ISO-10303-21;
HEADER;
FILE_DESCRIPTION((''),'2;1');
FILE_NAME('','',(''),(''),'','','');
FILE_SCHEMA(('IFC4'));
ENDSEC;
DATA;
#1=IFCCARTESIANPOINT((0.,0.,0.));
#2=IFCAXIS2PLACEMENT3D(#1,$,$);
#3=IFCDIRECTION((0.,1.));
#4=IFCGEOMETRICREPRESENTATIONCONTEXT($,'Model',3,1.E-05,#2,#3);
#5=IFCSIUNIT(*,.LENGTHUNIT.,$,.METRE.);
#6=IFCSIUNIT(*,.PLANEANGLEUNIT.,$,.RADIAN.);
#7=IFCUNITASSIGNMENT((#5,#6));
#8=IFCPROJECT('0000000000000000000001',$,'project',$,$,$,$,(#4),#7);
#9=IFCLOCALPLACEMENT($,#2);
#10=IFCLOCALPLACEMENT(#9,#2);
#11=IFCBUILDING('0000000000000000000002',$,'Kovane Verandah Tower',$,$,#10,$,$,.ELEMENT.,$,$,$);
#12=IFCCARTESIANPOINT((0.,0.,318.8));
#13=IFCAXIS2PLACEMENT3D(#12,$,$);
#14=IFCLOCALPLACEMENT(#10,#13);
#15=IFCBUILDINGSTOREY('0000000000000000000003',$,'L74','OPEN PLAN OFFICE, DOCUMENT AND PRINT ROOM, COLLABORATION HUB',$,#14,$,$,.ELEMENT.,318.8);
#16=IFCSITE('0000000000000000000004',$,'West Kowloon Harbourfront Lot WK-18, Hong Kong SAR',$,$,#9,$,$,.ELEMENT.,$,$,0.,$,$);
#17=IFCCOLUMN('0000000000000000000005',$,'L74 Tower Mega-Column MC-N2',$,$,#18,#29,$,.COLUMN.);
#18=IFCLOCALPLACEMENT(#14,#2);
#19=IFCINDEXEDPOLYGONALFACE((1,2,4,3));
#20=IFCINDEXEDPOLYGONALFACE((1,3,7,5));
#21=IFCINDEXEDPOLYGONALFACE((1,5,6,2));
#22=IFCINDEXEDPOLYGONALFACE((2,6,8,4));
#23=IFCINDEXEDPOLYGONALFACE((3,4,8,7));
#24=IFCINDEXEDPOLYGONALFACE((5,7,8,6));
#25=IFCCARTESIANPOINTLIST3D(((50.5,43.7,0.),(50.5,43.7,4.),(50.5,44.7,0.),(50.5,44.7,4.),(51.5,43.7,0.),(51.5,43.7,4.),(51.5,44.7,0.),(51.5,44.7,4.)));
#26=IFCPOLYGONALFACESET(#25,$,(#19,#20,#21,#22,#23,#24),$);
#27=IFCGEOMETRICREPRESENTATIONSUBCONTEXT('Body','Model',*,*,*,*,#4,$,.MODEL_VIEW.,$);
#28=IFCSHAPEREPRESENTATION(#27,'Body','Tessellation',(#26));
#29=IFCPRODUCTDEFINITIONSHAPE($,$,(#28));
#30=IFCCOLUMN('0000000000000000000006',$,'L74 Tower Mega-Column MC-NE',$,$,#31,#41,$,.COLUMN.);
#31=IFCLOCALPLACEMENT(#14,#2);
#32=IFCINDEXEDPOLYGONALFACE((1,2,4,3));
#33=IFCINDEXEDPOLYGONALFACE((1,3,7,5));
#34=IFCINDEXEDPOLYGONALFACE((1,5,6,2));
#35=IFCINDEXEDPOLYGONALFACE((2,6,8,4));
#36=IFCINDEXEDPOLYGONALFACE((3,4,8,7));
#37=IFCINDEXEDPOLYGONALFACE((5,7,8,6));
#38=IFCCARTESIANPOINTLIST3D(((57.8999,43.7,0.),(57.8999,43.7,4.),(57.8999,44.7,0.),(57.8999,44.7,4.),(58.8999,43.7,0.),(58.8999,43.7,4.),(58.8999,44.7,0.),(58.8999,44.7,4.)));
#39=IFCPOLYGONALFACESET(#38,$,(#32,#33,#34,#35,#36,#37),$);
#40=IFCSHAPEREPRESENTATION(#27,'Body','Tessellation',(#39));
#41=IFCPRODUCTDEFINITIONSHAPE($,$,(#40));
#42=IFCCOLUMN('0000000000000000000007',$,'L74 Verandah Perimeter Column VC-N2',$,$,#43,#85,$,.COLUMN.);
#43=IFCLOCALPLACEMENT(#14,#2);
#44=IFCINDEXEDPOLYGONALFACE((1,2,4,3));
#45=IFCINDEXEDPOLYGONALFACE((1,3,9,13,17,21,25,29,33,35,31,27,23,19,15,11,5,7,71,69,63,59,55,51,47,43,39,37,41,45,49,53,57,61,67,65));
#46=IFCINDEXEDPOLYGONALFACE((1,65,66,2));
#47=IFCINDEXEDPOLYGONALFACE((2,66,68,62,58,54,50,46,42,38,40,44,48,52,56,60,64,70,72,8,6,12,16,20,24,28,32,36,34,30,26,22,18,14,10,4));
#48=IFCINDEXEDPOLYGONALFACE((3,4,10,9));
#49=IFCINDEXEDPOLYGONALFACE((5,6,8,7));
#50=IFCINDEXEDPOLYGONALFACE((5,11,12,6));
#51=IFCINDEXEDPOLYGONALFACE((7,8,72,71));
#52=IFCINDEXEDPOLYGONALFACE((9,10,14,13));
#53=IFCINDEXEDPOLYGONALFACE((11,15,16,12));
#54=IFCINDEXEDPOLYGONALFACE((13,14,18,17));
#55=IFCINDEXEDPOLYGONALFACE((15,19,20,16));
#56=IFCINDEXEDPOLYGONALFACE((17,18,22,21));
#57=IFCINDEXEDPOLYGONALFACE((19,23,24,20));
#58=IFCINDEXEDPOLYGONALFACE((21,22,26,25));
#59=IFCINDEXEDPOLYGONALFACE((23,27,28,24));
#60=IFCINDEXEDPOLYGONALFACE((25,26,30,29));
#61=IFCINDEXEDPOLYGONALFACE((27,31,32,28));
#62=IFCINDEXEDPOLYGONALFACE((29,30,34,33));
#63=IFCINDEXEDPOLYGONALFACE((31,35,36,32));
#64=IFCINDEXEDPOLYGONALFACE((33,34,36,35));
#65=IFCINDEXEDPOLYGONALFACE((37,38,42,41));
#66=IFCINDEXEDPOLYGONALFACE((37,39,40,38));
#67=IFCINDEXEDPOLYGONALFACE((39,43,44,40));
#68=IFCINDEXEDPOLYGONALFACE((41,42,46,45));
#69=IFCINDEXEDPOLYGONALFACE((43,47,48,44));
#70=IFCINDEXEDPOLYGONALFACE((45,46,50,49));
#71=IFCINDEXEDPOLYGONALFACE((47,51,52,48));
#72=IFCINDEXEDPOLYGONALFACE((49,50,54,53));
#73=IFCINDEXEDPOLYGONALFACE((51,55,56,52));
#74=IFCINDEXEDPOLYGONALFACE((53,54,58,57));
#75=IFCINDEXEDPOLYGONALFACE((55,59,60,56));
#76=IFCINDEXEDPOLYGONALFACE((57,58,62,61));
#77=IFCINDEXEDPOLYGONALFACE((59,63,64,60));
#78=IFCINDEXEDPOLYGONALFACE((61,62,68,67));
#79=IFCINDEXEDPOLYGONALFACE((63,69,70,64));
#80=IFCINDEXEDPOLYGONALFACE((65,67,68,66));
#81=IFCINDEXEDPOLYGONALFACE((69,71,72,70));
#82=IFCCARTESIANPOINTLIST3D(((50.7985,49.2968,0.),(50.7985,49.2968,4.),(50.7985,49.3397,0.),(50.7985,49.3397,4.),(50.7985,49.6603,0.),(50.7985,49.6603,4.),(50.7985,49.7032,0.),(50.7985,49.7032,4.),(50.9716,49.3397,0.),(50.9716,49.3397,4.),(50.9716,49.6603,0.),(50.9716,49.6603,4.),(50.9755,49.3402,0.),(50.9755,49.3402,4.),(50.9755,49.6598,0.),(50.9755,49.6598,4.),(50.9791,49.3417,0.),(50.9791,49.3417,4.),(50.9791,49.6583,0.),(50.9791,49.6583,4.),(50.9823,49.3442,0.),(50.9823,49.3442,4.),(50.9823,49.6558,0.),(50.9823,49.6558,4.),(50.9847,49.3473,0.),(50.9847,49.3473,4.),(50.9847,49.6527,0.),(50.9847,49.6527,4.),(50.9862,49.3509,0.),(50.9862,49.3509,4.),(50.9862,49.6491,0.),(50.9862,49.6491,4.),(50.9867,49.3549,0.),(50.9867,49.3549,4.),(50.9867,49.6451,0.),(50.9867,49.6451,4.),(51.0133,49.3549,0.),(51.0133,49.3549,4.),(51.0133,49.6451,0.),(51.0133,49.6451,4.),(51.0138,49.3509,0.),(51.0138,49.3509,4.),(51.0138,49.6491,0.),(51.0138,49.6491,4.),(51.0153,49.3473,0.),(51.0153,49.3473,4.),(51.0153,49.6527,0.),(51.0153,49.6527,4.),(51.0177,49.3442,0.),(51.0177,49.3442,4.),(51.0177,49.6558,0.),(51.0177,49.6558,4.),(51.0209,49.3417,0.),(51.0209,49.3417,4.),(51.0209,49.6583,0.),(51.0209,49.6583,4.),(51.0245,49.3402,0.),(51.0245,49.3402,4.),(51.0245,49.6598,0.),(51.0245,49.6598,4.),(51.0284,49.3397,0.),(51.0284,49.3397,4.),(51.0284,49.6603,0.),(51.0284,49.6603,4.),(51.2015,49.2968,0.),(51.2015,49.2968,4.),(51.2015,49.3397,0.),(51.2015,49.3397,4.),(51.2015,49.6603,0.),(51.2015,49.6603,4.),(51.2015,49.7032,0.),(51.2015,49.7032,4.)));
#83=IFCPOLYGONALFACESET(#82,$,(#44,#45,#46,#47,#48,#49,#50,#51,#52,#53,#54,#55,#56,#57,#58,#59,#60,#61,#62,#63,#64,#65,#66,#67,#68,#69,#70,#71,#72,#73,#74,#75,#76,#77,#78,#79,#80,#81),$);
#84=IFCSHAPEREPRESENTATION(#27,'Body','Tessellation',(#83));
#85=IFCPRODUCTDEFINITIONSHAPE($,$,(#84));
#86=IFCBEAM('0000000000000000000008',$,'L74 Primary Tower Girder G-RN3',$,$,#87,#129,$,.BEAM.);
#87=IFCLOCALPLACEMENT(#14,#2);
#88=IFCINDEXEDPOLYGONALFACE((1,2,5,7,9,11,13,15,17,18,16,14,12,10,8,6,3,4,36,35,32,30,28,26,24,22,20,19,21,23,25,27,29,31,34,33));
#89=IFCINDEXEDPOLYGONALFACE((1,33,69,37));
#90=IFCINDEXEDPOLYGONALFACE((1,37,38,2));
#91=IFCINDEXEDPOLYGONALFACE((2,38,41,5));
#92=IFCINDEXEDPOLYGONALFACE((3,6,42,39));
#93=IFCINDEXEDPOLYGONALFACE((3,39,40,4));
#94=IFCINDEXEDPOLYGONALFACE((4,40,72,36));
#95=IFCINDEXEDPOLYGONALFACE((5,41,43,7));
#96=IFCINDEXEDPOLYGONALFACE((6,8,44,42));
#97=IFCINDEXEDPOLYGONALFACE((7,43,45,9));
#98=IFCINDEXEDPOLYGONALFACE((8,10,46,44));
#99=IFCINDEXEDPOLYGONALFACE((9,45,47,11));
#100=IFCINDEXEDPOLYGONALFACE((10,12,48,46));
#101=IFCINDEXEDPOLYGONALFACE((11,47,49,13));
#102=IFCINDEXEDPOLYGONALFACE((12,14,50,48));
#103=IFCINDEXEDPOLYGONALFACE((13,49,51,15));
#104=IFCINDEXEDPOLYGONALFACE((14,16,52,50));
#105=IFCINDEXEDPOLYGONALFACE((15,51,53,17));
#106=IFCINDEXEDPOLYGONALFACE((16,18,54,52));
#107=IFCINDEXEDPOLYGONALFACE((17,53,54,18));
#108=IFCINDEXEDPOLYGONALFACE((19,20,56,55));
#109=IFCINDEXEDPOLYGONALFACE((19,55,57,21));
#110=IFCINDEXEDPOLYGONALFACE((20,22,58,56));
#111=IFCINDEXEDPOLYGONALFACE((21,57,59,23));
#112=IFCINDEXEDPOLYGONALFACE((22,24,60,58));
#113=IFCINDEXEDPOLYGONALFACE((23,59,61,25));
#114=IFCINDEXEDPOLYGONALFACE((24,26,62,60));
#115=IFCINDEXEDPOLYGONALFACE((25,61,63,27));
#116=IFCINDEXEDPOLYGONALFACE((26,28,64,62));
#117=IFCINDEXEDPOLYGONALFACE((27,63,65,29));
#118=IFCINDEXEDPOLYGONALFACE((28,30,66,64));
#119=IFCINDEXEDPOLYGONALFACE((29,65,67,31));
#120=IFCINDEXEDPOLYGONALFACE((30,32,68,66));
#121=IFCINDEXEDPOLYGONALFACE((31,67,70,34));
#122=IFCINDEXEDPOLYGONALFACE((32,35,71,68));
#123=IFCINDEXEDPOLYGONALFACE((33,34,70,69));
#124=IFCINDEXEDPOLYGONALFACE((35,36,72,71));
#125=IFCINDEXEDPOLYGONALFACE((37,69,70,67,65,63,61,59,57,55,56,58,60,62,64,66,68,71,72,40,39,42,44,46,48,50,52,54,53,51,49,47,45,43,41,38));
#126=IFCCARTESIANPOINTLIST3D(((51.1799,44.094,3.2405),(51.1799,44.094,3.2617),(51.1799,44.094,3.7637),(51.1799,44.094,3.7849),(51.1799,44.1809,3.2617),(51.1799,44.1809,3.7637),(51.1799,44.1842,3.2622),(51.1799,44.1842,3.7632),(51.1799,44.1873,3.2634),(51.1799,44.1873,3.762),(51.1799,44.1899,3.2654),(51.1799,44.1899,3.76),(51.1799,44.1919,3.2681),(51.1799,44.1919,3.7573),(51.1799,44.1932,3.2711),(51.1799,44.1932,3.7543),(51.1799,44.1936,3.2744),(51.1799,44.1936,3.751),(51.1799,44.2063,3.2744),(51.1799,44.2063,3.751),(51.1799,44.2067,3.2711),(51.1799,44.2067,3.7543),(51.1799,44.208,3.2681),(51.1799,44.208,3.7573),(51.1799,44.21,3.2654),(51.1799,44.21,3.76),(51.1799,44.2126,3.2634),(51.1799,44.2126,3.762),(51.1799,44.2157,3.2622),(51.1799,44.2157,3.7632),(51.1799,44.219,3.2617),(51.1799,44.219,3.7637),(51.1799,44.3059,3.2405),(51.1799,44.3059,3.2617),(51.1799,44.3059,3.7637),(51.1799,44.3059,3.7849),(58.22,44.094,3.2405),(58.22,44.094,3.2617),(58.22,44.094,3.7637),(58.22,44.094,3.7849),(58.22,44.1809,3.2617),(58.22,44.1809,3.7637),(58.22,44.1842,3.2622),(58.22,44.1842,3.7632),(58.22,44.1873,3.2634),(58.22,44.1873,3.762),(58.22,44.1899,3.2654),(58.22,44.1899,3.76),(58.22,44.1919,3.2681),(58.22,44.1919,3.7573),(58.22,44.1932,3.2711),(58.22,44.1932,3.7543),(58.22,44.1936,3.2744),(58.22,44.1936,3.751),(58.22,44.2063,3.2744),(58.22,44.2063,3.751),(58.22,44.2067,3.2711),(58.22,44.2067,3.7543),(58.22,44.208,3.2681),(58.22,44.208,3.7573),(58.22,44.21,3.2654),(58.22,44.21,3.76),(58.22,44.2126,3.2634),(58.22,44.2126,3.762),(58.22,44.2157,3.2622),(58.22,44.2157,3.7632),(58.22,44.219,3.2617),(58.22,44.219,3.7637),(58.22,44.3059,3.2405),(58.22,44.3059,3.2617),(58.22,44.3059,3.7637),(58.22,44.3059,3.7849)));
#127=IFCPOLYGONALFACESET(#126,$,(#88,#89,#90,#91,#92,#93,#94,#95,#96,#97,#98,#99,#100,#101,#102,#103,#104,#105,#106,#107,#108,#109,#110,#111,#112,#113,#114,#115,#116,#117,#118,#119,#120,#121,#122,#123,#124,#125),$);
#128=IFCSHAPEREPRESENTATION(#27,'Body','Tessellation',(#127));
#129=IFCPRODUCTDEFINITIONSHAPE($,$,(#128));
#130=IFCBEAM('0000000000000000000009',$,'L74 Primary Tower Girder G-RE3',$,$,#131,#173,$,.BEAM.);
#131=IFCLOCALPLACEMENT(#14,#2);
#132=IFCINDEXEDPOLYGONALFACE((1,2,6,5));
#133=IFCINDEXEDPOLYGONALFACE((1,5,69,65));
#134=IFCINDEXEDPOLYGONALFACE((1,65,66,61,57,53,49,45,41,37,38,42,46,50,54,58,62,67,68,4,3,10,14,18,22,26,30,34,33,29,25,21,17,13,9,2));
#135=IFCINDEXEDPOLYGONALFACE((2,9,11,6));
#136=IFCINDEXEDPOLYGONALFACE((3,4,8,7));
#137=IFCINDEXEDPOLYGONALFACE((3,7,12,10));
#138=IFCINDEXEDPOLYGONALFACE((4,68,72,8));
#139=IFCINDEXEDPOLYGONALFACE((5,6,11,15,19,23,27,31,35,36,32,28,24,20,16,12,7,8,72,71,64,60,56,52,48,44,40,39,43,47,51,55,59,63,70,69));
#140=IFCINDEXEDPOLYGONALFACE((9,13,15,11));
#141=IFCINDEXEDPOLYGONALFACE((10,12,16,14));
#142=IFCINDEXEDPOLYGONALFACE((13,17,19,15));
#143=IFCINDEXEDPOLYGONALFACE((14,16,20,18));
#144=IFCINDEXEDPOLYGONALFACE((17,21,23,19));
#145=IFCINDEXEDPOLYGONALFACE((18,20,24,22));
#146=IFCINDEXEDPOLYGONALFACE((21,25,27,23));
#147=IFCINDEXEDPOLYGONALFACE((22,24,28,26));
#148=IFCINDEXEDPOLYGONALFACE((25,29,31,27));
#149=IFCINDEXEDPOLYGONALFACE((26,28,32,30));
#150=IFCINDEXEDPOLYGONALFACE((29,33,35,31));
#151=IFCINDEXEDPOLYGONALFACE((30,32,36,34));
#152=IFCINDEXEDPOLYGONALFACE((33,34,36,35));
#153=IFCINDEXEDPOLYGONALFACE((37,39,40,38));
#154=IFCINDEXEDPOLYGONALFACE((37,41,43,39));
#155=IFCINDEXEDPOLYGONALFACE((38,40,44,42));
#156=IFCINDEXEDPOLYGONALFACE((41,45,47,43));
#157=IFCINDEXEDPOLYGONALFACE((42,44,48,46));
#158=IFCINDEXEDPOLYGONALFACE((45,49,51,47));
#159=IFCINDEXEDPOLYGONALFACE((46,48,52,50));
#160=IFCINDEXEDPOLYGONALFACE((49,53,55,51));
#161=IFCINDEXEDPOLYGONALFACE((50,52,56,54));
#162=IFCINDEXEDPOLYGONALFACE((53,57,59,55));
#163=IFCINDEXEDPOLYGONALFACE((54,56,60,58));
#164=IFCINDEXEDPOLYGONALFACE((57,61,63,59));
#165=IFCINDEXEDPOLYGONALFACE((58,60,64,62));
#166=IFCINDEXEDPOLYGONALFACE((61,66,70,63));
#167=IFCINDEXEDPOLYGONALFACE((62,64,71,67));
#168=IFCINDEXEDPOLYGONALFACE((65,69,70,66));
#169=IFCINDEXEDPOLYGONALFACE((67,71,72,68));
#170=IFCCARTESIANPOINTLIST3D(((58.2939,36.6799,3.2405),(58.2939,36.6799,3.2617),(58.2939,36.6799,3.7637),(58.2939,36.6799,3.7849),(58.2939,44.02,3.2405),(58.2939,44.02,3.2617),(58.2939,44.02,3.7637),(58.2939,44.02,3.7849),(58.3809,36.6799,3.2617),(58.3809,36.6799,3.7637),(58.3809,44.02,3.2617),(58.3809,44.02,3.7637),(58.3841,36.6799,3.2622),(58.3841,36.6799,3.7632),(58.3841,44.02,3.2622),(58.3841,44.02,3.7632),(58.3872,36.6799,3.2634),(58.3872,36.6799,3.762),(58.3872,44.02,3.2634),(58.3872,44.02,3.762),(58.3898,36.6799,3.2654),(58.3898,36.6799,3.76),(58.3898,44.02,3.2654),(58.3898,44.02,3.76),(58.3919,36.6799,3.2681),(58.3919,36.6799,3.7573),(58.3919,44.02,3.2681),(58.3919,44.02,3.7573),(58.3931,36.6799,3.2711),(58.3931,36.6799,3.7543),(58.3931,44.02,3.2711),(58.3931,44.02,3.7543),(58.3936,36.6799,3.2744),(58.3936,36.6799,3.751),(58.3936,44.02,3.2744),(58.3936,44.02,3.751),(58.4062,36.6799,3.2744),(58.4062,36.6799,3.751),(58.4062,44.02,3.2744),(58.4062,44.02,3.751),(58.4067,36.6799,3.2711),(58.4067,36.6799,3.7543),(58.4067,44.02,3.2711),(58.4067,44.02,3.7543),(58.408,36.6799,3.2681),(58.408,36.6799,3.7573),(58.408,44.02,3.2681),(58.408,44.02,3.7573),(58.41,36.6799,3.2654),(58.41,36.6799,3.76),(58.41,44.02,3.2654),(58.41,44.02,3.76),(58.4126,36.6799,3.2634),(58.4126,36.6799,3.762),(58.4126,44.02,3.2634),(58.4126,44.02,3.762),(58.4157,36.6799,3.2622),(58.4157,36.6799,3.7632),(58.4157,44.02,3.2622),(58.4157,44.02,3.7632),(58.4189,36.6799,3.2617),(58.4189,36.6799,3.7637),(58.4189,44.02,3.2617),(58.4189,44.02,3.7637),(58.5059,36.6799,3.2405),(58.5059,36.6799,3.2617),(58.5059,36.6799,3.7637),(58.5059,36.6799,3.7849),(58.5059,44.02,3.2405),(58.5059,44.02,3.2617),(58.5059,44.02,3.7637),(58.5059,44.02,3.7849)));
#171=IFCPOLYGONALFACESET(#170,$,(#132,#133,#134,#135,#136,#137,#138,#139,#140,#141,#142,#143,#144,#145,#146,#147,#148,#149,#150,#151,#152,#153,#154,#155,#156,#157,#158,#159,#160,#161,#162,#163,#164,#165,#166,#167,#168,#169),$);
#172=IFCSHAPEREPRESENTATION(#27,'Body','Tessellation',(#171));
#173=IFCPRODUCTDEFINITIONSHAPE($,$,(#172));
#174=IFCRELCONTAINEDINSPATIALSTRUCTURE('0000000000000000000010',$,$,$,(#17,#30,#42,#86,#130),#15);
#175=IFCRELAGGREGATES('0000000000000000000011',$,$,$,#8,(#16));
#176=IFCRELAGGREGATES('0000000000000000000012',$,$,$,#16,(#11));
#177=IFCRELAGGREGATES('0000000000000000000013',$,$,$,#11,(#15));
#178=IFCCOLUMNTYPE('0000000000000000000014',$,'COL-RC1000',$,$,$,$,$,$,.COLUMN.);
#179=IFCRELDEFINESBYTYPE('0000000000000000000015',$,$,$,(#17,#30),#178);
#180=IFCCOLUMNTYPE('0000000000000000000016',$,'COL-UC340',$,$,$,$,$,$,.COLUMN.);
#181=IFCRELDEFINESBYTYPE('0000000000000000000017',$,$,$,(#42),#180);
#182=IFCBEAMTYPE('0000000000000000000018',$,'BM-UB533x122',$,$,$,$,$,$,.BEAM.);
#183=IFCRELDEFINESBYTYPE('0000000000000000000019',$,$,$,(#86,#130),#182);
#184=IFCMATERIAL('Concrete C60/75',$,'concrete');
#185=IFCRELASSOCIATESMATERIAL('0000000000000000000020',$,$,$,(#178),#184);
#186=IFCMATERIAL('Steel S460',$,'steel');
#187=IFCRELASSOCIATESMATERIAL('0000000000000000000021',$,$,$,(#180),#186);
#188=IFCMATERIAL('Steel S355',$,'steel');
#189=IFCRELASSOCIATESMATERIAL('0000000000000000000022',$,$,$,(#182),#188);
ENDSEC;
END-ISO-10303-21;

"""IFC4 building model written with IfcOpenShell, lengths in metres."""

from ifc_helpers import new_model, si_unit, direction, frame, origin, origin_2d, place, context, subcontext, project, spatial, rectangle, i_section, extrude, material, material_profile, profile_set, type_object, element, save


model = new_model("IFC4")

# Units and contexts
model_context = context("Model", 3, precision=1e-05, world=origin(), true_north=direction((0.0, 1.0)))
body_context = subcontext(model_context, "Body", "Model", "MODEL_VIEW")
ifc_project = project(units=[si_unit("LENGTHUNIT", "METRE"), si_unit("PLANEANGLEUNIT", "RADIAN")], contexts=[model_context])

# Site, building, storey
site_placement = place(None, origin())
site = spatial("IfcSite", under=ifc_project, at=site_placement, Name="West Kowloon Harbourfront Lot WK-18, Hong Kong SAR", CompositionType="ELEMENT", RefElevation=0.0)
building_placement = place(site_placement, origin())
building = spatial("IfcBuilding", under=site, at=building_placement, Name="Kovane Verandah Tower", CompositionType="ELEMENT")
storey_placement = place(building_placement, frame((0.0, 0.0, 318.8)))
storey = spatial("IfcBuildingStorey", under=building, at=storey_placement, Name="L74", Description="OPEN PLAN OFFICE, DOCUMENT AND PRINT ROOM, COLLABORATION HUB", CompositionType="ELEMENT", Elevation=318.8)

# Columns
ifc_material_1 = material(Name="Concrete C60/75", Category="concrete")
ifc_material_profile_1 = material_profile(ifc_material_1, rectangle(XDim=1.0, YDim=1.0, at=origin_2d()), Name="RC1000x1000")
ifc_profile_set_1 = profile_set([ifc_material_profile_1], Name="Concrete C60/75")
column_type_1 = type_object("IfcColumnType", Name="COL-RC1000", PredefinedType="COLUMN", material=ifc_profile_set_1)
for number, where, z_axis, x_axis, name in (
    (1, (51.0, 44.2, 0.0), (0.0, 0.0, 1.0), (1.0, 0.0, 0.0), "L74 Tower Mega-Column MC-N2"),
    (2, (58.3999, 44.2, 0.0), (0.0, 0.0, 1.0), (1.0, 0.0, 0.0), "L74 Tower Mega-Column MC-NE"),
):
    element("IfcColumn", number, at=place(storey_placement, frame(where, z_axis=z_axis, x_axis=x_axis)), inside=storey, type_object=column_type_1, Name=name, PredefinedType="COLUMN", context=body_context, shape_type="SweptSolid", body=[
        extrude(rectangle(XDim=1.0, YDim=1.0, at=origin_2d()), origin(), (0.0, 0.0, 1.0), 4.0),
    ])
ifc_material_2 = material(Name="Steel S460", Category="steel")
ifc_material_profile_2 = material_profile(ifc_material_2, i_section(OverallWidth=0.4031, OverallDepth=0.4065, WebThickness=0.0266, FlangeThickness=0.043, FilletRadius=0.0151, at=origin_2d()), Name="UC356x406x340")
ifc_profile_set_2 = profile_set([ifc_material_profile_2], Name="Steel S460")
column_type_2 = type_object("IfcColumnType", Name="COL-UC340", PredefinedType="COLUMN", material=ifc_profile_set_2)
column_placement = place(storey_placement, frame((51.0, 49.5, 0.0), z_axis=(0.0, 0.0, 1.0), x_axis=(1.0, 0.0, 0.0)))
element("IfcColumn", 3, at=column_placement, inside=storey, type_object=column_type_2, Name="L74 Verandah Perimeter Column VC-N2", PredefinedType="COLUMN", context=body_context, shape_type="SweptSolid", body=[
    extrude(i_section(OverallWidth=0.4031, OverallDepth=0.4065, WebThickness=0.0266, FlangeThickness=0.043, FilletRadius=0.0151, at=origin_2d()), origin(), (0.0, 0.0, 1.0), 4.0),
])

# Beams
ifc_material_3 = material(Name="Steel S355", Category="steel")
ifc_material_profile_3 = material_profile(ifc_material_3, i_section(OverallWidth=0.2119, OverallDepth=0.5444, WebThickness=0.0127, FlangeThickness=0.0212, FilletRadius=0.0127, at=origin_2d()), Name="UB533x210x122")
ifc_profile_set_3 = profile_set([ifc_material_profile_3], Name="Steel S355")
beam_type_1 = type_object("IfcBeamType", Name="BM-UB533x122", PredefinedType="BEAM", material=ifc_profile_set_3)
beam_1_placement = place(storey_placement, frame((51.1799, 44.2, 3.5127), z_axis=(1.0, 0.0, 0.0), x_axis=(0.0, 1.0, 0.0)))
element("IfcBeam", 4, at=beam_1_placement, inside=storey, type_object=beam_type_1, Name="L74 Primary Tower Girder G-RN3", PredefinedType="BEAM", context=body_context, shape_type="SweptSolid", body=[
    extrude(i_section(OverallWidth=0.2119, OverallDepth=0.5444, WebThickness=0.0127, FlangeThickness=0.0212, FilletRadius=0.0127, at=origin_2d()), origin(), (0.0, 0.0, 1.0), 7.04),
])
for number, where, z_axis, x_axis, name in (
    (5, (58.3999, 36.6799, 3.5127), (0.0, 1.0, 0.0), (-1.0, 0.0, 0.0), "L74 Primary Tower Girder G-RE3"),
):
    element("IfcBeam", number, at=place(storey_placement, frame(where, z_axis=z_axis, x_axis=x_axis)), inside=storey, type_object=beam_type_1, Name=name, PredefinedType="BEAM", context=body_context, shape_type="SweptSolid", body=[
        extrude(i_section(OverallWidth=0.2119, OverallDepth=0.5444, WebThickness=0.0127, FlangeThickness=0.0212, FilletRadius=0.0127, at=origin_2d()), origin(), (0.0, 0.0, 1.0), 7.3401),
    ])

save(model, "model.ifc")
